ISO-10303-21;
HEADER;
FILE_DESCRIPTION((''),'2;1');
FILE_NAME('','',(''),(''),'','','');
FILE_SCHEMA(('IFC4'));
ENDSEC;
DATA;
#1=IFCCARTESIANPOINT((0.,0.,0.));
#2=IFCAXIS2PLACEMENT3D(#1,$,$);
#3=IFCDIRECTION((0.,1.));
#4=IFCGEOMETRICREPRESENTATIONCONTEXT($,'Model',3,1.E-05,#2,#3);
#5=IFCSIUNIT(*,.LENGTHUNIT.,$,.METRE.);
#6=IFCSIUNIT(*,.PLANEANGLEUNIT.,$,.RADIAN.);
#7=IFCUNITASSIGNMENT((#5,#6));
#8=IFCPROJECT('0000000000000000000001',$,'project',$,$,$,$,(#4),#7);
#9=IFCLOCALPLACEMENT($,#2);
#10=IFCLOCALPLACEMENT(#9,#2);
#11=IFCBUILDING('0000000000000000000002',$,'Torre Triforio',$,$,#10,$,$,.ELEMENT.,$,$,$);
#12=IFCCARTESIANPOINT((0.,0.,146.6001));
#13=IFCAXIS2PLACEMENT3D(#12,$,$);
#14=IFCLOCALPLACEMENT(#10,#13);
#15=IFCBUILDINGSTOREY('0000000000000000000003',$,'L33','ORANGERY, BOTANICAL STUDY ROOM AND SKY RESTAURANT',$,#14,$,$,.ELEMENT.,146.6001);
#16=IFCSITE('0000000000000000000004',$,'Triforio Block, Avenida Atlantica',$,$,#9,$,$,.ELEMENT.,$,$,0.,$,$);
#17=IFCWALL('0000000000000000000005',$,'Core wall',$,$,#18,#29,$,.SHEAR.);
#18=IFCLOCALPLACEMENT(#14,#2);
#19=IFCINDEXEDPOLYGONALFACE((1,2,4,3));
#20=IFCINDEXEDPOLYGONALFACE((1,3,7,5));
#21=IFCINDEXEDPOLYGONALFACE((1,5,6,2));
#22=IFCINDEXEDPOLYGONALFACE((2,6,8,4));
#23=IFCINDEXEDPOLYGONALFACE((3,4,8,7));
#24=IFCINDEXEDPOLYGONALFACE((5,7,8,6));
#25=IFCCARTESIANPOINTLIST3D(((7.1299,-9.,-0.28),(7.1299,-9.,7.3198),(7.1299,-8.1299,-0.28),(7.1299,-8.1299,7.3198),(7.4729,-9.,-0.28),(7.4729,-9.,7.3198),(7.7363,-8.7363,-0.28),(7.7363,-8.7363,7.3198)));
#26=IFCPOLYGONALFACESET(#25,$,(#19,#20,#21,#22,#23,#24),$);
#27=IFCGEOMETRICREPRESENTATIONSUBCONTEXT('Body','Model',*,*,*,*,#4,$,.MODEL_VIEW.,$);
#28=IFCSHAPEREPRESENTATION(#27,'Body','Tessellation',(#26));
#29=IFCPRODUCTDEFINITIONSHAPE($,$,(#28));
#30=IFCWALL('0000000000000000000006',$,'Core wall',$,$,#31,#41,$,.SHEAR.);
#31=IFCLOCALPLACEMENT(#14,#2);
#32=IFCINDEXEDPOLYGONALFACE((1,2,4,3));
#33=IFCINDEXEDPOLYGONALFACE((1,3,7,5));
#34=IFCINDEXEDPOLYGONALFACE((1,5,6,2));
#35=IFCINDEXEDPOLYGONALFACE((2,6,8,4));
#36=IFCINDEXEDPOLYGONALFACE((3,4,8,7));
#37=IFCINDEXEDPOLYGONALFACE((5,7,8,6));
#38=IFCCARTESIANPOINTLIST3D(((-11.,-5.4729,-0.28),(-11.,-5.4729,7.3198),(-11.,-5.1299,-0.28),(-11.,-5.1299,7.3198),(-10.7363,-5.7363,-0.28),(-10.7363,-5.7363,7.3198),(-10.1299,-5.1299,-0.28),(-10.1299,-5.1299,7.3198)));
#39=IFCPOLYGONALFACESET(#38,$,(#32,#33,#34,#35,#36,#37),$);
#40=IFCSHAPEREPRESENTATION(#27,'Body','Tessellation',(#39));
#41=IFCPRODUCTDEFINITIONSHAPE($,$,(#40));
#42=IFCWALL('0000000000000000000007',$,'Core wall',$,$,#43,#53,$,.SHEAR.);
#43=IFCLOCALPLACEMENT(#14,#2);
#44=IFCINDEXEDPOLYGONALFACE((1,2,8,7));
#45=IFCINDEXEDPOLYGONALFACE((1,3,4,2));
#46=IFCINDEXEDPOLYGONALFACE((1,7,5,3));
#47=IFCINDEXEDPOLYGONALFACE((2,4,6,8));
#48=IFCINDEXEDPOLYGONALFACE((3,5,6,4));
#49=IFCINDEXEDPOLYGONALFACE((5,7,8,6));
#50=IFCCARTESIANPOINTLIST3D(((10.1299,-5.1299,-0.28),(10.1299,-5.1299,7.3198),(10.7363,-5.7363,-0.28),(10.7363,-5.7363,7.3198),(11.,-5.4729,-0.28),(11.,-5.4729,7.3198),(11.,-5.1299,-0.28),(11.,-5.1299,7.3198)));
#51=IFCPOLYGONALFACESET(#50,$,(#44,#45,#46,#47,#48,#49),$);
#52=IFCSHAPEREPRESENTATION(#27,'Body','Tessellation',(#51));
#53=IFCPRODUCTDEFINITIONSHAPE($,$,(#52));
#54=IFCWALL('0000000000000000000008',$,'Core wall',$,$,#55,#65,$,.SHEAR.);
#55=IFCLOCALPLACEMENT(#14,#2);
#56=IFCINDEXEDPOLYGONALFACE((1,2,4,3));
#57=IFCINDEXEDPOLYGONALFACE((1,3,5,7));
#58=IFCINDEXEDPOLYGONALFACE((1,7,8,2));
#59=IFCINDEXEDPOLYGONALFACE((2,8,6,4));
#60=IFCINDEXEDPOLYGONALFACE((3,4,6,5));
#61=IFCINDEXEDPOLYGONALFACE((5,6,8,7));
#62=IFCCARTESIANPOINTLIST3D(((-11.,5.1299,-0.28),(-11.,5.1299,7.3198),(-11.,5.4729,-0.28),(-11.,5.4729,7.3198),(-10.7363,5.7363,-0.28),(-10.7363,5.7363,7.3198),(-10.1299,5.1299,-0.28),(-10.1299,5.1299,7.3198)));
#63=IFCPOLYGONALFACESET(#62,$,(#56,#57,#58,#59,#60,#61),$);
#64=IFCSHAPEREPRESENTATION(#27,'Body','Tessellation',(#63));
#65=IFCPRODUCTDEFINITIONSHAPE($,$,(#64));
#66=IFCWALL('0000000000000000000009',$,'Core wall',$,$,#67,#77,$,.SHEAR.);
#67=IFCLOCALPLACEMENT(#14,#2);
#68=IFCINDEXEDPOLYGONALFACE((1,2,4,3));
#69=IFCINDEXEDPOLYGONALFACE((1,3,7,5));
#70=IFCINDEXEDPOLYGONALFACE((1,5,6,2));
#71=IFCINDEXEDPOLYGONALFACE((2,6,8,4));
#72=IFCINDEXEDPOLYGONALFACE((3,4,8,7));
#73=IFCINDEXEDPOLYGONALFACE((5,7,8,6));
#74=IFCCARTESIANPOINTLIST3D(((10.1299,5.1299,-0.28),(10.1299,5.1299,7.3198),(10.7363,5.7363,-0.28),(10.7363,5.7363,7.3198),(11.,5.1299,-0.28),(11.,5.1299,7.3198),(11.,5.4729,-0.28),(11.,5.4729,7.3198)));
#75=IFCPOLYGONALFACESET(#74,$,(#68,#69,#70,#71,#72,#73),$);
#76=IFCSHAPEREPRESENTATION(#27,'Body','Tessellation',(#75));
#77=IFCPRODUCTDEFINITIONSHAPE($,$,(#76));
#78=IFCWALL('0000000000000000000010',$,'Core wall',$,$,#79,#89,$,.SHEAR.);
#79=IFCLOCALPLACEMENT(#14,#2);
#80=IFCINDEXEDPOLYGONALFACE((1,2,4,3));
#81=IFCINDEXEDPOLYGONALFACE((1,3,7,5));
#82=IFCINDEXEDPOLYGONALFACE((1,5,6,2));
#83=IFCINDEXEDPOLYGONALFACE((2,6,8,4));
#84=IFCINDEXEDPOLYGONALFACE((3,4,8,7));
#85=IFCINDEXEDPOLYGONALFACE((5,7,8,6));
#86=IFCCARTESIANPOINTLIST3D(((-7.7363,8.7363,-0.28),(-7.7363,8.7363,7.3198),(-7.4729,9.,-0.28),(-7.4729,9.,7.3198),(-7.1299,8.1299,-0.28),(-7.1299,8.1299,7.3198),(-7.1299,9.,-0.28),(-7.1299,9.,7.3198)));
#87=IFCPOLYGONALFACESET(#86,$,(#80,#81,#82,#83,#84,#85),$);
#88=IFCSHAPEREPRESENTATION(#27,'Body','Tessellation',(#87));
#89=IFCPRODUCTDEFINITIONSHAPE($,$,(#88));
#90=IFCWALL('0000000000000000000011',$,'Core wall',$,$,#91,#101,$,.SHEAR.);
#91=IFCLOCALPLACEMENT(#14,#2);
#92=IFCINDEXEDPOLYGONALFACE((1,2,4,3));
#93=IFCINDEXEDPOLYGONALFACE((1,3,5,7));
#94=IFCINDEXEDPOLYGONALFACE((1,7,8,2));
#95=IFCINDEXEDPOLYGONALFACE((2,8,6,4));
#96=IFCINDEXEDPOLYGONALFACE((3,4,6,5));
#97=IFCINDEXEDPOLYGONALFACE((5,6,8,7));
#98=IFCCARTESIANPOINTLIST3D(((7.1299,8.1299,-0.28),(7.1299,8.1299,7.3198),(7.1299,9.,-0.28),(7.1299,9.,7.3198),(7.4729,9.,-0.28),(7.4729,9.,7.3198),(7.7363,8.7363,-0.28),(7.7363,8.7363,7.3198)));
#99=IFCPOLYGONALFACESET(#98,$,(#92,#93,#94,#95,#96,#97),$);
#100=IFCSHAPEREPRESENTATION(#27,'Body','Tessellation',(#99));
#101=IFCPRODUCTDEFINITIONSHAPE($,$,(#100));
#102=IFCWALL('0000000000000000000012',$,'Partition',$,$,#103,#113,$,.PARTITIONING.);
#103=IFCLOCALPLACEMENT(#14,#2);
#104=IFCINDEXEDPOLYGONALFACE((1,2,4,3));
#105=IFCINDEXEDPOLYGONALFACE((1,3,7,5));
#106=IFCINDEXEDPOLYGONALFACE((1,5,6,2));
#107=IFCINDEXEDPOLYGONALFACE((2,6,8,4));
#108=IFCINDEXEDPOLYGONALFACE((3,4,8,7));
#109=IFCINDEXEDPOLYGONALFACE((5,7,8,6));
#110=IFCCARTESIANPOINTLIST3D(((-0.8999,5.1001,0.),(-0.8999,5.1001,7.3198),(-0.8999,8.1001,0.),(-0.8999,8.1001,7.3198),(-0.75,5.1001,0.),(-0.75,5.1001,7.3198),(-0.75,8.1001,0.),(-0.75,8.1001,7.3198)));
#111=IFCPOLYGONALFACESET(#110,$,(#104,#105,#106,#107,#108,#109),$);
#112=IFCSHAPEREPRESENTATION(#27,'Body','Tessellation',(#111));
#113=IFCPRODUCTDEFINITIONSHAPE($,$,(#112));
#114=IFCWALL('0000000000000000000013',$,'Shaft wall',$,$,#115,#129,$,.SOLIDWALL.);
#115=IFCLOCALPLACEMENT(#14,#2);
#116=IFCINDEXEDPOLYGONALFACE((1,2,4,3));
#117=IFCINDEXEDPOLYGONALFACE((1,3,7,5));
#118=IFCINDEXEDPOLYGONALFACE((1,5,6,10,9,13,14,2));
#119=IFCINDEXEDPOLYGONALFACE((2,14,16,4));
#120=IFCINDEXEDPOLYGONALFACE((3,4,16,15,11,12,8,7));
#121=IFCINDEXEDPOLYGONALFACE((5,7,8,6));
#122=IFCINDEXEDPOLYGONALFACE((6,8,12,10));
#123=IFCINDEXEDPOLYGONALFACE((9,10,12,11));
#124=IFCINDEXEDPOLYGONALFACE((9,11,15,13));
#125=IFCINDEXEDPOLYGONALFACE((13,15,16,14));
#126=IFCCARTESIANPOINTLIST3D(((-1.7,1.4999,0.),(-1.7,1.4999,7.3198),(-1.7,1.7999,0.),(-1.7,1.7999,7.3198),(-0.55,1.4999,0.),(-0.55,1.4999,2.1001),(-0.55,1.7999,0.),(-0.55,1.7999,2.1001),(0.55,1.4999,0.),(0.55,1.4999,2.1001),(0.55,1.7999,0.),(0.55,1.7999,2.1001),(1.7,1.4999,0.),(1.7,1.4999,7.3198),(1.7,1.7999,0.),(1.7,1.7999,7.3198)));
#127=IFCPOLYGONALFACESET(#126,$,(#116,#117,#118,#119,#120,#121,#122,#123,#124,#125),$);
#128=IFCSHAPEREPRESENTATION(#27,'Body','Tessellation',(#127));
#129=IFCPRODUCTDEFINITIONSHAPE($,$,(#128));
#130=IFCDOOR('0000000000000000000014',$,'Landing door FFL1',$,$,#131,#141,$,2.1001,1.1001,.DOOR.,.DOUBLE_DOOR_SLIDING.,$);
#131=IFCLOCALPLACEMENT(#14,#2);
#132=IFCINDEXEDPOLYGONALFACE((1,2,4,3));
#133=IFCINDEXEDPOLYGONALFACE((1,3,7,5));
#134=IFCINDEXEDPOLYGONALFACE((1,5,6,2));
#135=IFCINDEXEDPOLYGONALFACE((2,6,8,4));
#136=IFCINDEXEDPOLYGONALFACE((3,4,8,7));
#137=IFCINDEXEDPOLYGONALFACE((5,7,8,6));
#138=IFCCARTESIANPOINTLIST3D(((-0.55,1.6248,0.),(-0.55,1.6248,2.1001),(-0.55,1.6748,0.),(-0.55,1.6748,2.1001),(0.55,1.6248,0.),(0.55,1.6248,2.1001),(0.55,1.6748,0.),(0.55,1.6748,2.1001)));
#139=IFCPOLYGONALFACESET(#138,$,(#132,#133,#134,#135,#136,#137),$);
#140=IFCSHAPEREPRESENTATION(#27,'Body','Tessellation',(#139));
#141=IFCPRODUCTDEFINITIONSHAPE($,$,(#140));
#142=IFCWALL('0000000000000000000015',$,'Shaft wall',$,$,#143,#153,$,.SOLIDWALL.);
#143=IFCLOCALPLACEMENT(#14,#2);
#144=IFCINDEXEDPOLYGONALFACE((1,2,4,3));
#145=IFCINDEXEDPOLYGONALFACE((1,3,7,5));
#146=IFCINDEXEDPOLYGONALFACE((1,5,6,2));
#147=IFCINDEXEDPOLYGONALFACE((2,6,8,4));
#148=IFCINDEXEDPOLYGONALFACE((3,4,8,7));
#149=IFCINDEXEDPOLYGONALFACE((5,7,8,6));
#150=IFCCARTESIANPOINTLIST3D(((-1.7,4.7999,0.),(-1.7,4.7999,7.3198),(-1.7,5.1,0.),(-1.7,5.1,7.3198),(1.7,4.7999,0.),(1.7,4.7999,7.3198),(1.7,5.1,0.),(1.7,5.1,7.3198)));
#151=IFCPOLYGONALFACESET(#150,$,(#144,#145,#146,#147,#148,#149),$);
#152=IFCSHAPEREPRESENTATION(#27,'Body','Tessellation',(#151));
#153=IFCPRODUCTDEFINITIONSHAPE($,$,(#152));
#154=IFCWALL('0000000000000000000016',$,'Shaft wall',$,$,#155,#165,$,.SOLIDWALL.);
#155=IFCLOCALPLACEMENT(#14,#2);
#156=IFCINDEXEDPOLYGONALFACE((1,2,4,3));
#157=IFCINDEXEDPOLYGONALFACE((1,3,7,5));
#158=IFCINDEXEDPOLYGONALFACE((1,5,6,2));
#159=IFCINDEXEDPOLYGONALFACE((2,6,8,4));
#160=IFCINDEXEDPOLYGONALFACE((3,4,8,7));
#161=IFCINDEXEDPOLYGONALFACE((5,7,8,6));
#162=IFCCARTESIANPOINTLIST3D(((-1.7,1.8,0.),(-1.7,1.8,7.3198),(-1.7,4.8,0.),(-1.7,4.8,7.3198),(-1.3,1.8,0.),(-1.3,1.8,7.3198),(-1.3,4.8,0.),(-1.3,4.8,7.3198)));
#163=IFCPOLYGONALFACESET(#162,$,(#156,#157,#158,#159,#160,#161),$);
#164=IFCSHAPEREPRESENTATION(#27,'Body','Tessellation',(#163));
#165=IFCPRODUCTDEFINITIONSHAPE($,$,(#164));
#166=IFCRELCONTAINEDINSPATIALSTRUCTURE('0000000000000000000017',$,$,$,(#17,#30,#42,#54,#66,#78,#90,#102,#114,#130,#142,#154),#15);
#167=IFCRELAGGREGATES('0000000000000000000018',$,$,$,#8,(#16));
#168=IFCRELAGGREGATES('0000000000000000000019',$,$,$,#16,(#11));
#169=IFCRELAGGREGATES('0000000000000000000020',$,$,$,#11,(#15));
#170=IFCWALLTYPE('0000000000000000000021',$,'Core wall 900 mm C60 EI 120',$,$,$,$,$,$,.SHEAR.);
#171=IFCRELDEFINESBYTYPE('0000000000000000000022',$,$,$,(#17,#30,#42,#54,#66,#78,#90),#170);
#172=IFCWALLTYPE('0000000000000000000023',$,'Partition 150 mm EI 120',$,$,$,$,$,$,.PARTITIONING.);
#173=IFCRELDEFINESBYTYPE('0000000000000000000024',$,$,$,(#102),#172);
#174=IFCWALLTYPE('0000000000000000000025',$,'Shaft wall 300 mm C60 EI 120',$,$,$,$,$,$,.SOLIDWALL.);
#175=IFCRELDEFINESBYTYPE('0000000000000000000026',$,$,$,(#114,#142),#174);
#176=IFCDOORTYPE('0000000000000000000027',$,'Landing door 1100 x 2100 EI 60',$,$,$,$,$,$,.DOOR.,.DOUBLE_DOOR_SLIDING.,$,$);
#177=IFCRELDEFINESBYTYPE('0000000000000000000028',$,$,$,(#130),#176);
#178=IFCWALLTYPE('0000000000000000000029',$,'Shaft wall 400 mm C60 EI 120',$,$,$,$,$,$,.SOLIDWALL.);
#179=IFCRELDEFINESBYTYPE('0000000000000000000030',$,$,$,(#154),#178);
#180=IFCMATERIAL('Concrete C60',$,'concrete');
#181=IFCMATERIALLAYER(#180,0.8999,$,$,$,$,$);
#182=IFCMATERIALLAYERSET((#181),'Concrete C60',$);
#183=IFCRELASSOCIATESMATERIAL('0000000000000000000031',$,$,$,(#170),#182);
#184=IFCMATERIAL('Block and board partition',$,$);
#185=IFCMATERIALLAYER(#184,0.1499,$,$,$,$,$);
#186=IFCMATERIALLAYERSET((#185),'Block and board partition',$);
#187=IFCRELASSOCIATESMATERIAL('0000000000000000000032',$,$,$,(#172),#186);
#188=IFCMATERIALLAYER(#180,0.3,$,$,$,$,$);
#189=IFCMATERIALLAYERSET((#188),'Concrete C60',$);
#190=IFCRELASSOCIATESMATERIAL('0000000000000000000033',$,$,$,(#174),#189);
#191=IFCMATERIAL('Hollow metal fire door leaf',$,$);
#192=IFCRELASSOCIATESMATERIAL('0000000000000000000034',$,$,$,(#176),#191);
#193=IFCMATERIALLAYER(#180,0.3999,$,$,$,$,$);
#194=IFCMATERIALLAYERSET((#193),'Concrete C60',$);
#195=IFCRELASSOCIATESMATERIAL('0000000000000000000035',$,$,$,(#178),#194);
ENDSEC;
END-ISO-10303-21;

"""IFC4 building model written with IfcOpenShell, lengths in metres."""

from ifc_helpers import new_model, si_unit, direction, frame, frame_2d, origin, place, context, subcontext, project, spatial, polyline, rectangle, outline, extrude, material, layer, layer_set, type_object, element, fill, save


model = new_model("IFC4")

# Units and contexts
model_context = context("Model", 3, precision=1e-05, world=origin(), true_north=direction((0.0, 1.0)))
body_context = subcontext(model_context, "Body", "Model", "MODEL_VIEW")
ifc_project = project(units=[si_unit("LENGTHUNIT", "METRE"), si_unit("PLANEANGLEUNIT", "RADIAN")], contexts=[model_context])

# Site, building, storey
site_placement = place(None, origin())
site = spatial("IfcSite", under=ifc_project, at=site_placement, Name="Triforio Block, Avenida Atlantica", CompositionType="ELEMENT", RefElevation=0.0)
building_placement = place(site_placement, origin())
building = spatial("IfcBuilding", under=site, at=building_placement, Name="Torre Triforio", CompositionType="ELEMENT")
storey_placement = place(building_placement, frame((0.0, 0.0, 146.6001)))
storey = spatial("IfcBuildingStorey", under=building, at=storey_placement, Name="L33", Description="ORANGERY, BOTANICAL STUDY ROOM AND SKY RESTAURANT", CompositionType="ELEMENT", Elevation=146.6001)

# Shared definitions
ifc_material_1 = material(Name="Concrete C60", Category="concrete")

# Walls
ifc_layer_1 = layer(ifc_material_1, 0.8999)
ifc_layer_set_1 = layer_set([ifc_layer_1], Name="Concrete C60")
wall_type_1 = type_object("IfcWallType", Name="Core wall 900 mm C60 EI 120", PredefinedType="SHEAR", material=ifc_layer_set_1)
wall_1_placement = place(storey_placement, frame((0.0, 0.0, -0.28)))
element("IfcWall", 1, at=wall_1_placement, inside=storey, type_object=wall_type_1, Name="Core wall", PredefinedType="SHEAR", context=body_context, shape_type="SweptSolid", body=[
    extrude(outline(polyline([(7.4729, -9.0), (7.1299, -9.0), (7.1299, -8.1299), (7.7363, -8.7363), (7.4729, -9.0)])), origin(), (0.0, 0.0, 1.0), 7.5999),
])
wall_2_placement = place(storey_placement, frame((0.0, 0.0, -0.28)))
element("IfcWall", 2, at=wall_2_placement, inside=storey, type_object=wall_type_1, Name="Core wall", PredefinedType="SHEAR", context=body_context, shape_type="SweptSolid", body=[
    extrude(outline(polyline([(-11.0, -5.4729), (-11.0, -5.1299), (-10.1299, -5.1299), (-10.7363, -5.7363), (-11.0, -5.4729)])), origin(), (0.0, 0.0, 1.0), 7.5999),
])
wall_3_placement = place(storey_placement, frame((0.0, 0.0, -0.28)))
element("IfcWall", 3, at=wall_3_placement, inside=storey, type_object=wall_type_1, Name="Core wall", PredefinedType="SHEAR", context=body_context, shape_type="SweptSolid", body=[
    extrude(outline(polyline([(11.0, -5.4729), (10.7363, -5.7363), (10.1299, -5.1299), (11.0, -5.1299), (11.0, -5.4729)])), origin(), (0.0, 0.0, 1.0), 7.5999),
])
wall_4_placement = place(storey_placement, frame((0.0, 0.0, -0.28)))
element("IfcWall", 4, at=wall_4_placement, inside=storey, type_object=wall_type_1, Name="Core wall", PredefinedType="SHEAR", context=body_context, shape_type="SweptSolid", body=[
    extrude(outline(polyline([(-10.7363, 5.7363), (-10.1299, 5.1299), (-11.0, 5.1299), (-11.0, 5.4729), (-10.7363, 5.7363)])), origin(), (0.0, 0.0, 1.0), 7.5999),
])
wall_5_placement = place(storey_placement, frame((0.0, 0.0, -0.28)))
element("IfcWall", 5, at=wall_5_placement, inside=storey, type_object=wall_type_1, Name="Core wall", PredefinedType="SHEAR", context=body_context, shape_type="SweptSolid", body=[
    extrude(outline(polyline([(11.0, 5.4729), (11.0, 5.1299), (10.1299, 5.1299), (10.7363, 5.7363), (11.0, 5.4729)])), origin(), (0.0, 0.0, 1.0), 7.5999),
])
wall_6_placement = place(storey_placement, frame((0.0, 0.0, -0.28)))
element("IfcWall", 6, at=wall_6_placement, inside=storey, type_object=wall_type_1, Name="Core wall", PredefinedType="SHEAR", context=body_context, shape_type="SweptSolid", body=[
    extrude(outline(polyline([(-7.4729, 9.0), (-7.1299, 9.0), (-7.1299, 8.1299), (-7.7363, 8.7363), (-7.4729, 9.0)])), origin(), (0.0, 0.0, 1.0), 7.5999),
])
wall_7_placement = place(storey_placement, frame((0.0, 0.0, -0.28)))
element("IfcWall", 7, at=wall_7_placement, inside=storey, type_object=wall_type_1, Name="Core wall", PredefinedType="SHEAR", context=body_context, shape_type="SweptSolid", body=[
    extrude(outline(polyline([(7.4729, 9.0), (7.7363, 8.7363), (7.1299, 8.1299), (7.1299, 9.0), (7.4729, 9.0)])), origin(), (0.0, 0.0, 1.0), 7.5999),
])
ifc_material_2 = material(Name="Block and board partition")
ifc_layer_2 = layer(ifc_material_2, 0.1499)
ifc_layer_set_2 = layer_set([ifc_layer_2], Name="Block and board partition")
wall_type_2 = type_object("IfcWallType", Name="Partition 150 mm EI 120", PredefinedType="PARTITIONING", material=ifc_layer_set_2)
wall_8_placement = place(storey_placement, frame((-0.825, 5.1001, 0.0), z_axis=(0.0, 0.0, 1.0), x_axis=(0.0, 1.0, 0.0)))
element("IfcWall", 8, at=wall_8_placement, inside=storey, type_object=wall_type_2, Name="Partition", PredefinedType="PARTITIONING", context=body_context, shape_type="SweptSolid", body=[
    extrude(rectangle(XDim=3.0, YDim=0.1499, at=frame_2d((1.5, 0.0))), origin(), (0.0, 0.0, 1.0), 7.3198),
])

# Wall, opening, door
ifc_layer_3 = layer(ifc_material_1, 0.3)
ifc_layer_set_3 = layer_set([ifc_layer_3], Name="Concrete C60")
wall_type_3 = type_object("IfcWallType", Name="Shaft wall 300 mm C60 EI 120", PredefinedType="SOLIDWALL", material=ifc_layer_set_3)
wall_9_placement = place(storey_placement, frame((-1.7, 1.6499, 0.0), z_axis=(0.0, 0.0, 1.0), x_axis=(1.0, 0.0, 0.0)))
wall_9 = element("IfcWall", 9, at=wall_9_placement, inside=storey, type_object=wall_type_3, Name="Shaft wall", PredefinedType="SOLIDWALL", context=body_context, shape_type="SweptSolid", body=[
    extrude(rectangle(XDim=3.3999, YDim=0.3, at=frame_2d((1.7, 0.0))), origin(), (0.0, 0.0, 1.0), 7.3198),
])
opening_placement = place(wall_9_placement, frame((1.1499, 0.0, 0.0)))
opening = element("IfcOpeningElement", 10, at=opening_placement, cuts=wall_9, PredefinedType="OPENING", context=body_context, shape_type="SweptSolid", body=[
    extrude(rectangle(XDim=1.1001, YDim=2.1001, at=frame_2d((0.55, 1.05))), frame((0.0, 0.1599, 0.0), z_axis=(0.0, -1.0, 0.0), x_axis=(1.0, 0.0, 0.0)), (0.0, 0.0, 1.0), 0.3201),
])
ifc_material_3 = material(Name="Hollow metal fire door leaf")
door_type = type_object("IfcDoorType", Name="Landing door 1100 x 2100 EI 60", OperationType="DOUBLE_DOOR_SLIDING", PredefinedType="DOOR", material=ifc_material_3)
door_placement = place(opening_placement, origin())
door = element("IfcDoor", 11, at=door_placement, inside=storey, type_object=door_type, Name="Landing door FFL1", OperationType="DOUBLE_DOOR_SLIDING", OverallHeight=2.1001, OverallWidth=1.1001, PredefinedType="DOOR", context=body_context, shape_type="SweptSolid", body=[
    extrude(rectangle(XDim=1.1001, YDim=2.1001, at=frame_2d((0.55, 1.05))), frame((0.0, 0.0249, 0.0), z_axis=(0.0, -1.0, 0.0), x_axis=(1.0, 0.0, 0.0)), (0.0, 0.0, 1.0), 0.05),
])
fill(opening, door)

# Walls
wall_10_placement = place(storey_placement, frame((-1.7, 4.95, 0.0), z_axis=(0.0, 0.0, 1.0), x_axis=(1.0, 0.0, 0.0)))
element("IfcWall", 12, at=wall_10_placement, inside=storey, type_object=wall_type_3, Name="Shaft wall", PredefinedType="SOLIDWALL", context=body_context, shape_type="SweptSolid", body=[
    extrude(rectangle(XDim=3.3999, YDim=0.3, at=frame_2d((1.7, 0.0))), origin(), (0.0, 0.0, 1.0), 7.3198),
])
ifc_layer_4 = layer(ifc_material_1, 0.3999)
ifc_layer_set_4 = layer_set([ifc_layer_4], Name="Concrete C60")
wall_type_4 = type_object("IfcWallType", Name="Shaft wall 400 mm C60 EI 120", PredefinedType="SOLIDWALL", material=ifc_layer_set_4)
wall_11_placement = place(storey_placement, frame((-1.5, 1.8, 0.0), z_axis=(0.0, 0.0, 1.0), x_axis=(0.0, 1.0, 0.0)))
element("IfcWall", 13, at=wall_11_placement, inside=storey, type_object=wall_type_4, Name="Shaft wall", PredefinedType="SOLIDWALL", context=body_context, shape_type="SweptSolid", body=[
    extrude(rectangle(XDim=3.0, YDim=0.3999, at=frame_2d((1.5, 0.0))), origin(), (0.0, 0.0, 1.0), 7.3198),
])

save(model, "model.ifc")
